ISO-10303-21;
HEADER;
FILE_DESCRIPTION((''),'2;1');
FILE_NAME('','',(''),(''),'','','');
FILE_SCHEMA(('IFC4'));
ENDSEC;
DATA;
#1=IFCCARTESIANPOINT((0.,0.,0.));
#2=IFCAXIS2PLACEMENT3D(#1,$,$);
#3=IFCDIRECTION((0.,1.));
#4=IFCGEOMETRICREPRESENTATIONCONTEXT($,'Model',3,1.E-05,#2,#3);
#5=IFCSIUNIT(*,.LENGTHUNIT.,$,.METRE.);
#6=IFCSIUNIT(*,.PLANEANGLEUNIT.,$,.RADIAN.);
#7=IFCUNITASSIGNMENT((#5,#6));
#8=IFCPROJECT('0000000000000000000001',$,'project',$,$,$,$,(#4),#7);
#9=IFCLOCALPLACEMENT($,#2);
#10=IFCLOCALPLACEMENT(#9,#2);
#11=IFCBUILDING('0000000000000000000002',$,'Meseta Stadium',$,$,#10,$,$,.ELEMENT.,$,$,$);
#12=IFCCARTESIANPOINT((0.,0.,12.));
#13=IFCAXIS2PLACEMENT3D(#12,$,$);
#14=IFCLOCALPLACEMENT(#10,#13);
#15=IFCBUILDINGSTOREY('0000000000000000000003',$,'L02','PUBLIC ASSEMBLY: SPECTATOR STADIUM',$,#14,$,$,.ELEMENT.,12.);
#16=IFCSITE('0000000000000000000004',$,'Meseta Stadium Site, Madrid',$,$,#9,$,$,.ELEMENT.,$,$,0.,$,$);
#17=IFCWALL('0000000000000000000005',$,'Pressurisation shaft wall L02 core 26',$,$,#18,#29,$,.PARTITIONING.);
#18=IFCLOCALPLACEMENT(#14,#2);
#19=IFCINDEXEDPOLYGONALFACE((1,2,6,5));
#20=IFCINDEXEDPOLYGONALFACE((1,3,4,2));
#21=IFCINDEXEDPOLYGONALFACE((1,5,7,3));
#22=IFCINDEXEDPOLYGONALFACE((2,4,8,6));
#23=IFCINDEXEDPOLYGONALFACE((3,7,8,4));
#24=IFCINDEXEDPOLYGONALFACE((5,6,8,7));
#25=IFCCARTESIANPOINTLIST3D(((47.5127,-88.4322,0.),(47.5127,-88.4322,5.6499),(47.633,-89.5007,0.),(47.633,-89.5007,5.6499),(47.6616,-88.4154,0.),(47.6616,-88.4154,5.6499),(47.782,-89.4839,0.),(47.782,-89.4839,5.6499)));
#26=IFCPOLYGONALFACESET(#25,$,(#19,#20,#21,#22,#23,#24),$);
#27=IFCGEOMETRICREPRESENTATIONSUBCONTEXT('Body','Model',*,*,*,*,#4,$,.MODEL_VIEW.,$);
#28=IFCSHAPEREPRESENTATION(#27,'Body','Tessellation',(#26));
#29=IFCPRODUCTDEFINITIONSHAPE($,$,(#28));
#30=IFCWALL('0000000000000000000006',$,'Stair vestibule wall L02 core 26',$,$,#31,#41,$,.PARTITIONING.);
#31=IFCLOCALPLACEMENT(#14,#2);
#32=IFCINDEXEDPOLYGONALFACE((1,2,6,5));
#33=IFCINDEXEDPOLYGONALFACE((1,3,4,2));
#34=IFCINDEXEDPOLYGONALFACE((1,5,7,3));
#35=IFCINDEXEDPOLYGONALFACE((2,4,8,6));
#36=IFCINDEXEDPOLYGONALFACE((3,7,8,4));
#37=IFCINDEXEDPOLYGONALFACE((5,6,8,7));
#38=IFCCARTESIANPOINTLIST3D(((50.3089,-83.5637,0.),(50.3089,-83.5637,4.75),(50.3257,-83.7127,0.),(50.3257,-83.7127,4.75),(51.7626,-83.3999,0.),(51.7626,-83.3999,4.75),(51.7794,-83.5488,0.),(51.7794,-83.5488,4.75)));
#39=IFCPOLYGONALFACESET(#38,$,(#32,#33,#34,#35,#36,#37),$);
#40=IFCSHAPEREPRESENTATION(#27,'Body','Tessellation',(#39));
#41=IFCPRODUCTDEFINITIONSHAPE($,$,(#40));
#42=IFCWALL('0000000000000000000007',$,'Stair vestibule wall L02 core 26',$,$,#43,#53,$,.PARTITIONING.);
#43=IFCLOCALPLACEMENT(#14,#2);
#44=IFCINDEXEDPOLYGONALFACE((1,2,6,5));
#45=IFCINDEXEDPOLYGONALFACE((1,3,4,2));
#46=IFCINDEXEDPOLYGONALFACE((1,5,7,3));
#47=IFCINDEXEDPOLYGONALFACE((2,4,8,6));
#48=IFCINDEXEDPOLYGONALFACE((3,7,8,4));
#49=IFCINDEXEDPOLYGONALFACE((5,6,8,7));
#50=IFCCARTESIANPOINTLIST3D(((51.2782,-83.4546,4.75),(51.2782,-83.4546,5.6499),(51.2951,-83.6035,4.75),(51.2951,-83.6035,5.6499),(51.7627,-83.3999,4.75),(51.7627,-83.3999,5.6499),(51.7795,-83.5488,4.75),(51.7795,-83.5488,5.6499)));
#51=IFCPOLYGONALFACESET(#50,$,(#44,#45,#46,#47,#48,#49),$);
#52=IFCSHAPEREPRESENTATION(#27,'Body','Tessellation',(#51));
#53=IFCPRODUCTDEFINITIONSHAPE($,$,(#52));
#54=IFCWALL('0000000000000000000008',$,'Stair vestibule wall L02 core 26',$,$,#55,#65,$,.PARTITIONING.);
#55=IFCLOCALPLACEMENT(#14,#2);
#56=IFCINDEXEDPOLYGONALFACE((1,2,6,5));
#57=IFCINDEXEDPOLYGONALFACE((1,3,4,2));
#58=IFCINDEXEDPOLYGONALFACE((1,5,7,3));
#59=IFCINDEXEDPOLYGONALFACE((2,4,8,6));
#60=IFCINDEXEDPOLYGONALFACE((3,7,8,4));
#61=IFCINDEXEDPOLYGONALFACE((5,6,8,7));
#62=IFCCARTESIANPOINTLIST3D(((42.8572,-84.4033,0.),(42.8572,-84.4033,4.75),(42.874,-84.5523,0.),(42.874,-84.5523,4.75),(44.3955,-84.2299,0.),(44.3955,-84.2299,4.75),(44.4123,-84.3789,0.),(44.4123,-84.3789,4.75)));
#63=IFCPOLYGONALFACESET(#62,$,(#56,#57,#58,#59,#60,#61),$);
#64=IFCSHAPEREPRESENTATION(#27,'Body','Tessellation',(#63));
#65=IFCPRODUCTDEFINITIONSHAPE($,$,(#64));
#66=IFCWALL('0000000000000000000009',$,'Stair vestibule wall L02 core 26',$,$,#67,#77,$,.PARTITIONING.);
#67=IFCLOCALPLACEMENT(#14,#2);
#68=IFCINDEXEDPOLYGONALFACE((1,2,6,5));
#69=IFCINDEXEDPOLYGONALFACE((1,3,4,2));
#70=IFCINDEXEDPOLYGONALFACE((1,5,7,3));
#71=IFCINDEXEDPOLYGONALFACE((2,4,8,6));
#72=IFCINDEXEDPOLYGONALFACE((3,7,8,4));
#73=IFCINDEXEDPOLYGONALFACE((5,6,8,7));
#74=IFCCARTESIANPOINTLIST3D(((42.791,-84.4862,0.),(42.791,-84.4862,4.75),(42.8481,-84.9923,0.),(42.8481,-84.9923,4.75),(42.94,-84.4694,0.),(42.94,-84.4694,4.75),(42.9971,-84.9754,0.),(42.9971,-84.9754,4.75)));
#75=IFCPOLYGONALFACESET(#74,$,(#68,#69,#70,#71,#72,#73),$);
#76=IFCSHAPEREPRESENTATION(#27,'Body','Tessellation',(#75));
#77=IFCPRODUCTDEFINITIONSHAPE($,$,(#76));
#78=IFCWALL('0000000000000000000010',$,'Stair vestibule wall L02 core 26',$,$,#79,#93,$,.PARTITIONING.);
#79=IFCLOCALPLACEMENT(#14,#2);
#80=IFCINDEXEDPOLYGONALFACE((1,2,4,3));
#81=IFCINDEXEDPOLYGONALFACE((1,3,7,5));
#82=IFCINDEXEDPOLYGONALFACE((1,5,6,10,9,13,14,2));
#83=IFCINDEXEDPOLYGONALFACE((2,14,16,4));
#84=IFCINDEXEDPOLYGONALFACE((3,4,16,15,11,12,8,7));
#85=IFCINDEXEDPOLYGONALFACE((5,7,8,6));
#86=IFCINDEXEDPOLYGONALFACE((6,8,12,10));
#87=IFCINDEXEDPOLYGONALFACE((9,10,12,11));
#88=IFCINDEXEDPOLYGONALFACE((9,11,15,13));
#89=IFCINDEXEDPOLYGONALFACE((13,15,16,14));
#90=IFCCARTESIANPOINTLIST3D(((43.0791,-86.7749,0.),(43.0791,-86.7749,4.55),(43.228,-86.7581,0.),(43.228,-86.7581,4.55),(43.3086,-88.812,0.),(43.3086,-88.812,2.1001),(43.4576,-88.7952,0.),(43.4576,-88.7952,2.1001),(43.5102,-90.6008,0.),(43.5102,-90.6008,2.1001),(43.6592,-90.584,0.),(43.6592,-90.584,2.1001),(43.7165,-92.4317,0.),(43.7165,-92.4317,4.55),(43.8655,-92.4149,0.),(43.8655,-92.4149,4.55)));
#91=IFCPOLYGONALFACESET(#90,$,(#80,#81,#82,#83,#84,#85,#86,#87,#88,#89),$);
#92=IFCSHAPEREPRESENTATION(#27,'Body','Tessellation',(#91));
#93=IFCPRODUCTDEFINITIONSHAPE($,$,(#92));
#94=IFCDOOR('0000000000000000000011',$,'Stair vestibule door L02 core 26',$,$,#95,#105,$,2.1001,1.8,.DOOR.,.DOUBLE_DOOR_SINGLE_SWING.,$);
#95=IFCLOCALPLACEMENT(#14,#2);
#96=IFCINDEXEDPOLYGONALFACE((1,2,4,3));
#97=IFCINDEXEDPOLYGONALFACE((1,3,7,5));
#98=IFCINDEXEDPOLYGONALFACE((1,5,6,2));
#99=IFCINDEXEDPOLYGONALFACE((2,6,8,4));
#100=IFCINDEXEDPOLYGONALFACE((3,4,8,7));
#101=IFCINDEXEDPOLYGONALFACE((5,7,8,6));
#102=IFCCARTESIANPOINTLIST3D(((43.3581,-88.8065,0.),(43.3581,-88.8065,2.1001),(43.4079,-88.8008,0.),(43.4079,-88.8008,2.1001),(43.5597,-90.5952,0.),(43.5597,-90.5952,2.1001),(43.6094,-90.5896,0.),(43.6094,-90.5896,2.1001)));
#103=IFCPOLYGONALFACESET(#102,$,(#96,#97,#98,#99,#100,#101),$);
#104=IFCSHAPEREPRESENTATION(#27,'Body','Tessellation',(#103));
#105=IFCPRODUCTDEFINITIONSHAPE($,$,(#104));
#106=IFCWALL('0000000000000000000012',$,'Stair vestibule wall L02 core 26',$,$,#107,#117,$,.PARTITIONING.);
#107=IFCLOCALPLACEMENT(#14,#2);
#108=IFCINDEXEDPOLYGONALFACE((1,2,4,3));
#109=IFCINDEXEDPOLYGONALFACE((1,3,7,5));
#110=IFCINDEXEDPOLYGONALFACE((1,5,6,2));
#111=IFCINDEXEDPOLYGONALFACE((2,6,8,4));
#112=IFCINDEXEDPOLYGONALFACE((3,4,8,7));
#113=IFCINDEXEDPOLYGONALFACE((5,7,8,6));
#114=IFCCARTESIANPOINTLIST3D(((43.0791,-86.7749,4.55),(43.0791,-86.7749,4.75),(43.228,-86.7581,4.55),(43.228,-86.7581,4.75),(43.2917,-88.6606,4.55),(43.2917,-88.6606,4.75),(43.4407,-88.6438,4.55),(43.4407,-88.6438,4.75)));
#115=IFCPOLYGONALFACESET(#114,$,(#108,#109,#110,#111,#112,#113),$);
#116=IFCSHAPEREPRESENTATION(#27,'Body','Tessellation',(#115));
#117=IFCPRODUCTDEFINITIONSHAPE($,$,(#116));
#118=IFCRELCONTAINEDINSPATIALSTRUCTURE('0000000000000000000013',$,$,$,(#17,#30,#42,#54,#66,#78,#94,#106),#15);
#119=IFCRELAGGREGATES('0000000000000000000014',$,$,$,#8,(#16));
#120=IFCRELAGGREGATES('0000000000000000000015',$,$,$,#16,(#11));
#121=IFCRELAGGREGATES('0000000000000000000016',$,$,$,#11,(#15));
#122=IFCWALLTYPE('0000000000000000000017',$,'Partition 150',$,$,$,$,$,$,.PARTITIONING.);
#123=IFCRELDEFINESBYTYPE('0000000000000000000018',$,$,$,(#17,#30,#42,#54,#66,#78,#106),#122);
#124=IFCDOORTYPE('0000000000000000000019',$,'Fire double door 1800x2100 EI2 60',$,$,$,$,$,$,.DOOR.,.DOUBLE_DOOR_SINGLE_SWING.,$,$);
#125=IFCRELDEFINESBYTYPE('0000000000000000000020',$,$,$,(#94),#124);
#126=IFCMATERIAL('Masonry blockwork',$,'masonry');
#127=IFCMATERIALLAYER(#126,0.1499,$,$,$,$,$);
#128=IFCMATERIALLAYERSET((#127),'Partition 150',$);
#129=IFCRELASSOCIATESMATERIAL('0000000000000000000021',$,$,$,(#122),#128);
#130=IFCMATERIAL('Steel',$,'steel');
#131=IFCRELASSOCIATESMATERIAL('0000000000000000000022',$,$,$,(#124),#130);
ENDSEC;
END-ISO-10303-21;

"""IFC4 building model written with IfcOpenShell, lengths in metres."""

from ifc_helpers import new_model, si_unit, direction, frame, frame_2d, origin, place, context, subcontext, project, spatial, rectangle, extrude, material, layer, layer_set, type_object, element, fill, save


model = new_model("IFC4")

# Units and contexts
model_context = context("Model", 3, precision=1e-05, world=origin(), true_north=direction((0.0, 1.0)))
body_context = subcontext(model_context, "Body", "Model", "MODEL_VIEW")
ifc_project = project(units=[si_unit("LENGTHUNIT", "METRE"), si_unit("PLANEANGLEUNIT", "RADIAN")], contexts=[model_context])

# Site, building, storey
site_placement = place(None, origin())
site = spatial("IfcSite", under=ifc_project, at=site_placement, Name="Meseta Stadium Site, Madrid", CompositionType="ELEMENT", RefElevation=0.0)
building_placement = place(site_placement, origin())
building = spatial("IfcBuilding", under=site, at=building_placement, Name="Meseta Stadium", CompositionType="ELEMENT")
storey_placement = place(building_placement, frame((0.0, 0.0, 12.0)))
storey = spatial("IfcBuildingStorey", under=building, at=storey_placement, Name="L02", Description="PUBLIC ASSEMBLY: SPECTATOR STADIUM", CompositionType="ELEMENT", Elevation=12.0)

# Walls
ifc_material_1 = material(Name="Masonry blockwork", Category="masonry")
ifc_layer_1 = layer(ifc_material_1, 0.1499)
ifc_layer_set_1 = layer_set([ifc_layer_1], Name="Partition 150")
wall_type_1 = type_object("IfcWallType", Name="Partition 150", PredefinedType="PARTITIONING", material=ifc_layer_set_1)
wall_1_placement = place(storey_placement, frame((47.5872, -88.4238, 0.0), z_axis=(0.0, 0.0, 1.0), x_axis=(0.111952, -0.993714, 0.0)))
element("IfcWall", 1, at=wall_1_placement, inside=storey, type_object=wall_type_1, Name="Pressurisation shaft wall L02 core 26", PredefinedType="PARTITIONING", context=body_context, shape_type="SweptSolid", body=[
    extrude(rectangle(XDim=1.0752, YDim=0.1499, at=frame_2d((0.5376, 0.0))), origin(), (0.0, 0.0, 1.0), 5.6499),
])
wall_2_placement = place(storey_placement, frame((51.771, -83.4744, 0.0), z_axis=(0.0, 0.0, 1.0), x_axis=(-0.99371, -0.111988, 0.0)))
element("IfcWall", 2, at=wall_2_placement, inside=storey, type_object=wall_type_1, Name="Stair vestibule wall L02 core 26", PredefinedType="PARTITIONING", context=body_context, shape_type="SweptSolid", body=[
    extrude(rectangle(XDim=1.4629, YDim=0.1499, at=frame_2d((0.7314, 0.0))), origin(), (0.0, 0.0, 1.0), 4.75),
])
wall_3_placement = place(storey_placement, frame((51.771, -83.4744, 4.75), z_axis=(0.0, 0.0, 1.0), x_axis=(-0.993687, -0.11219, 0.0)))
element("IfcWall", 3, at=wall_3_placement, inside=storey, type_object=wall_type_1, Name="Stair vestibule wall L02 core 26", PredefinedType="PARTITIONING", context=body_context, shape_type="SweptSolid", body=[
    extrude(rectangle(XDim=0.4875, YDim=0.1499, at=frame_2d((0.2437, 0.0))), origin(), (0.0, 0.0, 1.0), 0.8999),
])
wall_4_placement = place(storey_placement, frame((44.4038, -84.3044, 0.0), z_axis=(0.0, 0.0, 1.0), x_axis=(-0.993711, -0.111972, 0.0)))
element("IfcWall", 4, at=wall_4_placement, inside=storey, type_object=wall_type_1, Name="Stair vestibule wall L02 core 26", PredefinedType="PARTITIONING", context=body_context, shape_type="SweptSolid", body=[
    extrude(rectangle(XDim=1.5481, YDim=0.1499, at=frame_2d((0.7739, 0.0))), origin(), (0.0, 0.0, 1.0), 4.75),
])
wall_5_placement = place(storey_placement, frame((42.8655, -84.4778, 0.0), z_axis=(0.0, 0.0, 1.0), x_axis=(0.112168, -0.993689, 0.0)))
element("IfcWall", 5, at=wall_5_placement, inside=storey, type_object=wall_type_1, Name="Stair vestibule wall L02 core 26", PredefinedType="PARTITIONING", context=body_context, shape_type="SweptSolid", body=[
    extrude(rectangle(XDim=0.5093, YDim=0.1499, at=frame_2d((0.2546, 0.0))), origin(), (0.0, 0.0, 1.0), 4.75),
])

# Wall, opening, door
wall_6_placement = place(storey_placement, frame((43.1536, -86.7666, 0.0), z_axis=(0.0, 0.0, 1.0), x_axis=(0.11198, -0.99371, 0.0)))
wall_6 = element("IfcWall", 6, at=wall_6_placement, inside=storey, type_object=wall_type_1, Name="Stair vestibule wall L02 core 26", PredefinedType="PARTITIONING", context=body_context, shape_type="SweptSolid", body=[
    extrude(rectangle(XDim=5.6926, YDim=0.1499, at=frame_2d((2.8462, 0.0))), origin(), (0.0, 0.0, 1.0), 4.55),
])
opening_1_placement = place(wall_6_placement, frame((2.05, 0.0, 0.0)))
opening_1 = element("IfcOpeningElement", 7, at=opening_1_placement, cuts=wall_6, PredefinedType="OPENING", context=body_context, shape_type="SweptSolid", body=[
    extrude(rectangle(XDim=1.8, YDim=2.1001, at=frame_2d((0.8999, 1.05))), frame((0.0, 0.085, 0.0), z_axis=(0.0, -1.0, 0.0), x_axis=(1.0, 0.0, 0.0)), (0.0, 0.0, 1.0), 0.1699),
])
ifc_material_2 = material(Name="Steel", Category="steel")
door_type_1 = type_object("IfcDoorType", Name="Fire double door 1800x2100 EI2 60", OperationType="DOUBLE_DOOR_SINGLE_SWING", PredefinedType="DOOR", material=ifc_material_2)
door_1_placement = place(opening_1_placement, origin())
door_1 = element("IfcDoor", 8, at=door_1_placement, inside=storey, type_object=door_type_1, Name="Stair vestibule door L02 core 26", OperationType="DOUBLE_DOOR_SINGLE_SWING", OverallHeight=2.1001, OverallWidth=1.8, PredefinedType="DOOR", context=body_context, shape_type="SweptSolid", body=[
    extrude(rectangle(XDim=1.8, YDim=2.1001, at=frame_2d((0.8999, 1.05))), frame((0.0, 0.0249, 0.0), z_axis=(0.0, -1.0, 0.0), x_axis=(1.0, 0.0, 0.0)), (0.0, 0.0, 1.0), 0.05),
])
fill(opening_1, door_1)

# Wall
wall_7_placement = place(storey_placement, frame((43.1536, -86.7666, 4.55), z_axis=(0.0, 0.0, 1.0), x_axis=(0.112055, -0.993702, 0.0)))
element("IfcWall", 9, at=wall_7_placement, inside=storey, type_object=wall_type_1, Name="Stair vestibule wall L02 core 26", PredefinedType="PARTITIONING", context=body_context, shape_type="SweptSolid", body=[
    extrude(rectangle(XDim=1.8977, YDim=0.1499, at=frame_2d((0.9487, 0.0))), origin(), (0.0, 0.0, 1.0), 0.2),
])

save(model, "model.ifc")
